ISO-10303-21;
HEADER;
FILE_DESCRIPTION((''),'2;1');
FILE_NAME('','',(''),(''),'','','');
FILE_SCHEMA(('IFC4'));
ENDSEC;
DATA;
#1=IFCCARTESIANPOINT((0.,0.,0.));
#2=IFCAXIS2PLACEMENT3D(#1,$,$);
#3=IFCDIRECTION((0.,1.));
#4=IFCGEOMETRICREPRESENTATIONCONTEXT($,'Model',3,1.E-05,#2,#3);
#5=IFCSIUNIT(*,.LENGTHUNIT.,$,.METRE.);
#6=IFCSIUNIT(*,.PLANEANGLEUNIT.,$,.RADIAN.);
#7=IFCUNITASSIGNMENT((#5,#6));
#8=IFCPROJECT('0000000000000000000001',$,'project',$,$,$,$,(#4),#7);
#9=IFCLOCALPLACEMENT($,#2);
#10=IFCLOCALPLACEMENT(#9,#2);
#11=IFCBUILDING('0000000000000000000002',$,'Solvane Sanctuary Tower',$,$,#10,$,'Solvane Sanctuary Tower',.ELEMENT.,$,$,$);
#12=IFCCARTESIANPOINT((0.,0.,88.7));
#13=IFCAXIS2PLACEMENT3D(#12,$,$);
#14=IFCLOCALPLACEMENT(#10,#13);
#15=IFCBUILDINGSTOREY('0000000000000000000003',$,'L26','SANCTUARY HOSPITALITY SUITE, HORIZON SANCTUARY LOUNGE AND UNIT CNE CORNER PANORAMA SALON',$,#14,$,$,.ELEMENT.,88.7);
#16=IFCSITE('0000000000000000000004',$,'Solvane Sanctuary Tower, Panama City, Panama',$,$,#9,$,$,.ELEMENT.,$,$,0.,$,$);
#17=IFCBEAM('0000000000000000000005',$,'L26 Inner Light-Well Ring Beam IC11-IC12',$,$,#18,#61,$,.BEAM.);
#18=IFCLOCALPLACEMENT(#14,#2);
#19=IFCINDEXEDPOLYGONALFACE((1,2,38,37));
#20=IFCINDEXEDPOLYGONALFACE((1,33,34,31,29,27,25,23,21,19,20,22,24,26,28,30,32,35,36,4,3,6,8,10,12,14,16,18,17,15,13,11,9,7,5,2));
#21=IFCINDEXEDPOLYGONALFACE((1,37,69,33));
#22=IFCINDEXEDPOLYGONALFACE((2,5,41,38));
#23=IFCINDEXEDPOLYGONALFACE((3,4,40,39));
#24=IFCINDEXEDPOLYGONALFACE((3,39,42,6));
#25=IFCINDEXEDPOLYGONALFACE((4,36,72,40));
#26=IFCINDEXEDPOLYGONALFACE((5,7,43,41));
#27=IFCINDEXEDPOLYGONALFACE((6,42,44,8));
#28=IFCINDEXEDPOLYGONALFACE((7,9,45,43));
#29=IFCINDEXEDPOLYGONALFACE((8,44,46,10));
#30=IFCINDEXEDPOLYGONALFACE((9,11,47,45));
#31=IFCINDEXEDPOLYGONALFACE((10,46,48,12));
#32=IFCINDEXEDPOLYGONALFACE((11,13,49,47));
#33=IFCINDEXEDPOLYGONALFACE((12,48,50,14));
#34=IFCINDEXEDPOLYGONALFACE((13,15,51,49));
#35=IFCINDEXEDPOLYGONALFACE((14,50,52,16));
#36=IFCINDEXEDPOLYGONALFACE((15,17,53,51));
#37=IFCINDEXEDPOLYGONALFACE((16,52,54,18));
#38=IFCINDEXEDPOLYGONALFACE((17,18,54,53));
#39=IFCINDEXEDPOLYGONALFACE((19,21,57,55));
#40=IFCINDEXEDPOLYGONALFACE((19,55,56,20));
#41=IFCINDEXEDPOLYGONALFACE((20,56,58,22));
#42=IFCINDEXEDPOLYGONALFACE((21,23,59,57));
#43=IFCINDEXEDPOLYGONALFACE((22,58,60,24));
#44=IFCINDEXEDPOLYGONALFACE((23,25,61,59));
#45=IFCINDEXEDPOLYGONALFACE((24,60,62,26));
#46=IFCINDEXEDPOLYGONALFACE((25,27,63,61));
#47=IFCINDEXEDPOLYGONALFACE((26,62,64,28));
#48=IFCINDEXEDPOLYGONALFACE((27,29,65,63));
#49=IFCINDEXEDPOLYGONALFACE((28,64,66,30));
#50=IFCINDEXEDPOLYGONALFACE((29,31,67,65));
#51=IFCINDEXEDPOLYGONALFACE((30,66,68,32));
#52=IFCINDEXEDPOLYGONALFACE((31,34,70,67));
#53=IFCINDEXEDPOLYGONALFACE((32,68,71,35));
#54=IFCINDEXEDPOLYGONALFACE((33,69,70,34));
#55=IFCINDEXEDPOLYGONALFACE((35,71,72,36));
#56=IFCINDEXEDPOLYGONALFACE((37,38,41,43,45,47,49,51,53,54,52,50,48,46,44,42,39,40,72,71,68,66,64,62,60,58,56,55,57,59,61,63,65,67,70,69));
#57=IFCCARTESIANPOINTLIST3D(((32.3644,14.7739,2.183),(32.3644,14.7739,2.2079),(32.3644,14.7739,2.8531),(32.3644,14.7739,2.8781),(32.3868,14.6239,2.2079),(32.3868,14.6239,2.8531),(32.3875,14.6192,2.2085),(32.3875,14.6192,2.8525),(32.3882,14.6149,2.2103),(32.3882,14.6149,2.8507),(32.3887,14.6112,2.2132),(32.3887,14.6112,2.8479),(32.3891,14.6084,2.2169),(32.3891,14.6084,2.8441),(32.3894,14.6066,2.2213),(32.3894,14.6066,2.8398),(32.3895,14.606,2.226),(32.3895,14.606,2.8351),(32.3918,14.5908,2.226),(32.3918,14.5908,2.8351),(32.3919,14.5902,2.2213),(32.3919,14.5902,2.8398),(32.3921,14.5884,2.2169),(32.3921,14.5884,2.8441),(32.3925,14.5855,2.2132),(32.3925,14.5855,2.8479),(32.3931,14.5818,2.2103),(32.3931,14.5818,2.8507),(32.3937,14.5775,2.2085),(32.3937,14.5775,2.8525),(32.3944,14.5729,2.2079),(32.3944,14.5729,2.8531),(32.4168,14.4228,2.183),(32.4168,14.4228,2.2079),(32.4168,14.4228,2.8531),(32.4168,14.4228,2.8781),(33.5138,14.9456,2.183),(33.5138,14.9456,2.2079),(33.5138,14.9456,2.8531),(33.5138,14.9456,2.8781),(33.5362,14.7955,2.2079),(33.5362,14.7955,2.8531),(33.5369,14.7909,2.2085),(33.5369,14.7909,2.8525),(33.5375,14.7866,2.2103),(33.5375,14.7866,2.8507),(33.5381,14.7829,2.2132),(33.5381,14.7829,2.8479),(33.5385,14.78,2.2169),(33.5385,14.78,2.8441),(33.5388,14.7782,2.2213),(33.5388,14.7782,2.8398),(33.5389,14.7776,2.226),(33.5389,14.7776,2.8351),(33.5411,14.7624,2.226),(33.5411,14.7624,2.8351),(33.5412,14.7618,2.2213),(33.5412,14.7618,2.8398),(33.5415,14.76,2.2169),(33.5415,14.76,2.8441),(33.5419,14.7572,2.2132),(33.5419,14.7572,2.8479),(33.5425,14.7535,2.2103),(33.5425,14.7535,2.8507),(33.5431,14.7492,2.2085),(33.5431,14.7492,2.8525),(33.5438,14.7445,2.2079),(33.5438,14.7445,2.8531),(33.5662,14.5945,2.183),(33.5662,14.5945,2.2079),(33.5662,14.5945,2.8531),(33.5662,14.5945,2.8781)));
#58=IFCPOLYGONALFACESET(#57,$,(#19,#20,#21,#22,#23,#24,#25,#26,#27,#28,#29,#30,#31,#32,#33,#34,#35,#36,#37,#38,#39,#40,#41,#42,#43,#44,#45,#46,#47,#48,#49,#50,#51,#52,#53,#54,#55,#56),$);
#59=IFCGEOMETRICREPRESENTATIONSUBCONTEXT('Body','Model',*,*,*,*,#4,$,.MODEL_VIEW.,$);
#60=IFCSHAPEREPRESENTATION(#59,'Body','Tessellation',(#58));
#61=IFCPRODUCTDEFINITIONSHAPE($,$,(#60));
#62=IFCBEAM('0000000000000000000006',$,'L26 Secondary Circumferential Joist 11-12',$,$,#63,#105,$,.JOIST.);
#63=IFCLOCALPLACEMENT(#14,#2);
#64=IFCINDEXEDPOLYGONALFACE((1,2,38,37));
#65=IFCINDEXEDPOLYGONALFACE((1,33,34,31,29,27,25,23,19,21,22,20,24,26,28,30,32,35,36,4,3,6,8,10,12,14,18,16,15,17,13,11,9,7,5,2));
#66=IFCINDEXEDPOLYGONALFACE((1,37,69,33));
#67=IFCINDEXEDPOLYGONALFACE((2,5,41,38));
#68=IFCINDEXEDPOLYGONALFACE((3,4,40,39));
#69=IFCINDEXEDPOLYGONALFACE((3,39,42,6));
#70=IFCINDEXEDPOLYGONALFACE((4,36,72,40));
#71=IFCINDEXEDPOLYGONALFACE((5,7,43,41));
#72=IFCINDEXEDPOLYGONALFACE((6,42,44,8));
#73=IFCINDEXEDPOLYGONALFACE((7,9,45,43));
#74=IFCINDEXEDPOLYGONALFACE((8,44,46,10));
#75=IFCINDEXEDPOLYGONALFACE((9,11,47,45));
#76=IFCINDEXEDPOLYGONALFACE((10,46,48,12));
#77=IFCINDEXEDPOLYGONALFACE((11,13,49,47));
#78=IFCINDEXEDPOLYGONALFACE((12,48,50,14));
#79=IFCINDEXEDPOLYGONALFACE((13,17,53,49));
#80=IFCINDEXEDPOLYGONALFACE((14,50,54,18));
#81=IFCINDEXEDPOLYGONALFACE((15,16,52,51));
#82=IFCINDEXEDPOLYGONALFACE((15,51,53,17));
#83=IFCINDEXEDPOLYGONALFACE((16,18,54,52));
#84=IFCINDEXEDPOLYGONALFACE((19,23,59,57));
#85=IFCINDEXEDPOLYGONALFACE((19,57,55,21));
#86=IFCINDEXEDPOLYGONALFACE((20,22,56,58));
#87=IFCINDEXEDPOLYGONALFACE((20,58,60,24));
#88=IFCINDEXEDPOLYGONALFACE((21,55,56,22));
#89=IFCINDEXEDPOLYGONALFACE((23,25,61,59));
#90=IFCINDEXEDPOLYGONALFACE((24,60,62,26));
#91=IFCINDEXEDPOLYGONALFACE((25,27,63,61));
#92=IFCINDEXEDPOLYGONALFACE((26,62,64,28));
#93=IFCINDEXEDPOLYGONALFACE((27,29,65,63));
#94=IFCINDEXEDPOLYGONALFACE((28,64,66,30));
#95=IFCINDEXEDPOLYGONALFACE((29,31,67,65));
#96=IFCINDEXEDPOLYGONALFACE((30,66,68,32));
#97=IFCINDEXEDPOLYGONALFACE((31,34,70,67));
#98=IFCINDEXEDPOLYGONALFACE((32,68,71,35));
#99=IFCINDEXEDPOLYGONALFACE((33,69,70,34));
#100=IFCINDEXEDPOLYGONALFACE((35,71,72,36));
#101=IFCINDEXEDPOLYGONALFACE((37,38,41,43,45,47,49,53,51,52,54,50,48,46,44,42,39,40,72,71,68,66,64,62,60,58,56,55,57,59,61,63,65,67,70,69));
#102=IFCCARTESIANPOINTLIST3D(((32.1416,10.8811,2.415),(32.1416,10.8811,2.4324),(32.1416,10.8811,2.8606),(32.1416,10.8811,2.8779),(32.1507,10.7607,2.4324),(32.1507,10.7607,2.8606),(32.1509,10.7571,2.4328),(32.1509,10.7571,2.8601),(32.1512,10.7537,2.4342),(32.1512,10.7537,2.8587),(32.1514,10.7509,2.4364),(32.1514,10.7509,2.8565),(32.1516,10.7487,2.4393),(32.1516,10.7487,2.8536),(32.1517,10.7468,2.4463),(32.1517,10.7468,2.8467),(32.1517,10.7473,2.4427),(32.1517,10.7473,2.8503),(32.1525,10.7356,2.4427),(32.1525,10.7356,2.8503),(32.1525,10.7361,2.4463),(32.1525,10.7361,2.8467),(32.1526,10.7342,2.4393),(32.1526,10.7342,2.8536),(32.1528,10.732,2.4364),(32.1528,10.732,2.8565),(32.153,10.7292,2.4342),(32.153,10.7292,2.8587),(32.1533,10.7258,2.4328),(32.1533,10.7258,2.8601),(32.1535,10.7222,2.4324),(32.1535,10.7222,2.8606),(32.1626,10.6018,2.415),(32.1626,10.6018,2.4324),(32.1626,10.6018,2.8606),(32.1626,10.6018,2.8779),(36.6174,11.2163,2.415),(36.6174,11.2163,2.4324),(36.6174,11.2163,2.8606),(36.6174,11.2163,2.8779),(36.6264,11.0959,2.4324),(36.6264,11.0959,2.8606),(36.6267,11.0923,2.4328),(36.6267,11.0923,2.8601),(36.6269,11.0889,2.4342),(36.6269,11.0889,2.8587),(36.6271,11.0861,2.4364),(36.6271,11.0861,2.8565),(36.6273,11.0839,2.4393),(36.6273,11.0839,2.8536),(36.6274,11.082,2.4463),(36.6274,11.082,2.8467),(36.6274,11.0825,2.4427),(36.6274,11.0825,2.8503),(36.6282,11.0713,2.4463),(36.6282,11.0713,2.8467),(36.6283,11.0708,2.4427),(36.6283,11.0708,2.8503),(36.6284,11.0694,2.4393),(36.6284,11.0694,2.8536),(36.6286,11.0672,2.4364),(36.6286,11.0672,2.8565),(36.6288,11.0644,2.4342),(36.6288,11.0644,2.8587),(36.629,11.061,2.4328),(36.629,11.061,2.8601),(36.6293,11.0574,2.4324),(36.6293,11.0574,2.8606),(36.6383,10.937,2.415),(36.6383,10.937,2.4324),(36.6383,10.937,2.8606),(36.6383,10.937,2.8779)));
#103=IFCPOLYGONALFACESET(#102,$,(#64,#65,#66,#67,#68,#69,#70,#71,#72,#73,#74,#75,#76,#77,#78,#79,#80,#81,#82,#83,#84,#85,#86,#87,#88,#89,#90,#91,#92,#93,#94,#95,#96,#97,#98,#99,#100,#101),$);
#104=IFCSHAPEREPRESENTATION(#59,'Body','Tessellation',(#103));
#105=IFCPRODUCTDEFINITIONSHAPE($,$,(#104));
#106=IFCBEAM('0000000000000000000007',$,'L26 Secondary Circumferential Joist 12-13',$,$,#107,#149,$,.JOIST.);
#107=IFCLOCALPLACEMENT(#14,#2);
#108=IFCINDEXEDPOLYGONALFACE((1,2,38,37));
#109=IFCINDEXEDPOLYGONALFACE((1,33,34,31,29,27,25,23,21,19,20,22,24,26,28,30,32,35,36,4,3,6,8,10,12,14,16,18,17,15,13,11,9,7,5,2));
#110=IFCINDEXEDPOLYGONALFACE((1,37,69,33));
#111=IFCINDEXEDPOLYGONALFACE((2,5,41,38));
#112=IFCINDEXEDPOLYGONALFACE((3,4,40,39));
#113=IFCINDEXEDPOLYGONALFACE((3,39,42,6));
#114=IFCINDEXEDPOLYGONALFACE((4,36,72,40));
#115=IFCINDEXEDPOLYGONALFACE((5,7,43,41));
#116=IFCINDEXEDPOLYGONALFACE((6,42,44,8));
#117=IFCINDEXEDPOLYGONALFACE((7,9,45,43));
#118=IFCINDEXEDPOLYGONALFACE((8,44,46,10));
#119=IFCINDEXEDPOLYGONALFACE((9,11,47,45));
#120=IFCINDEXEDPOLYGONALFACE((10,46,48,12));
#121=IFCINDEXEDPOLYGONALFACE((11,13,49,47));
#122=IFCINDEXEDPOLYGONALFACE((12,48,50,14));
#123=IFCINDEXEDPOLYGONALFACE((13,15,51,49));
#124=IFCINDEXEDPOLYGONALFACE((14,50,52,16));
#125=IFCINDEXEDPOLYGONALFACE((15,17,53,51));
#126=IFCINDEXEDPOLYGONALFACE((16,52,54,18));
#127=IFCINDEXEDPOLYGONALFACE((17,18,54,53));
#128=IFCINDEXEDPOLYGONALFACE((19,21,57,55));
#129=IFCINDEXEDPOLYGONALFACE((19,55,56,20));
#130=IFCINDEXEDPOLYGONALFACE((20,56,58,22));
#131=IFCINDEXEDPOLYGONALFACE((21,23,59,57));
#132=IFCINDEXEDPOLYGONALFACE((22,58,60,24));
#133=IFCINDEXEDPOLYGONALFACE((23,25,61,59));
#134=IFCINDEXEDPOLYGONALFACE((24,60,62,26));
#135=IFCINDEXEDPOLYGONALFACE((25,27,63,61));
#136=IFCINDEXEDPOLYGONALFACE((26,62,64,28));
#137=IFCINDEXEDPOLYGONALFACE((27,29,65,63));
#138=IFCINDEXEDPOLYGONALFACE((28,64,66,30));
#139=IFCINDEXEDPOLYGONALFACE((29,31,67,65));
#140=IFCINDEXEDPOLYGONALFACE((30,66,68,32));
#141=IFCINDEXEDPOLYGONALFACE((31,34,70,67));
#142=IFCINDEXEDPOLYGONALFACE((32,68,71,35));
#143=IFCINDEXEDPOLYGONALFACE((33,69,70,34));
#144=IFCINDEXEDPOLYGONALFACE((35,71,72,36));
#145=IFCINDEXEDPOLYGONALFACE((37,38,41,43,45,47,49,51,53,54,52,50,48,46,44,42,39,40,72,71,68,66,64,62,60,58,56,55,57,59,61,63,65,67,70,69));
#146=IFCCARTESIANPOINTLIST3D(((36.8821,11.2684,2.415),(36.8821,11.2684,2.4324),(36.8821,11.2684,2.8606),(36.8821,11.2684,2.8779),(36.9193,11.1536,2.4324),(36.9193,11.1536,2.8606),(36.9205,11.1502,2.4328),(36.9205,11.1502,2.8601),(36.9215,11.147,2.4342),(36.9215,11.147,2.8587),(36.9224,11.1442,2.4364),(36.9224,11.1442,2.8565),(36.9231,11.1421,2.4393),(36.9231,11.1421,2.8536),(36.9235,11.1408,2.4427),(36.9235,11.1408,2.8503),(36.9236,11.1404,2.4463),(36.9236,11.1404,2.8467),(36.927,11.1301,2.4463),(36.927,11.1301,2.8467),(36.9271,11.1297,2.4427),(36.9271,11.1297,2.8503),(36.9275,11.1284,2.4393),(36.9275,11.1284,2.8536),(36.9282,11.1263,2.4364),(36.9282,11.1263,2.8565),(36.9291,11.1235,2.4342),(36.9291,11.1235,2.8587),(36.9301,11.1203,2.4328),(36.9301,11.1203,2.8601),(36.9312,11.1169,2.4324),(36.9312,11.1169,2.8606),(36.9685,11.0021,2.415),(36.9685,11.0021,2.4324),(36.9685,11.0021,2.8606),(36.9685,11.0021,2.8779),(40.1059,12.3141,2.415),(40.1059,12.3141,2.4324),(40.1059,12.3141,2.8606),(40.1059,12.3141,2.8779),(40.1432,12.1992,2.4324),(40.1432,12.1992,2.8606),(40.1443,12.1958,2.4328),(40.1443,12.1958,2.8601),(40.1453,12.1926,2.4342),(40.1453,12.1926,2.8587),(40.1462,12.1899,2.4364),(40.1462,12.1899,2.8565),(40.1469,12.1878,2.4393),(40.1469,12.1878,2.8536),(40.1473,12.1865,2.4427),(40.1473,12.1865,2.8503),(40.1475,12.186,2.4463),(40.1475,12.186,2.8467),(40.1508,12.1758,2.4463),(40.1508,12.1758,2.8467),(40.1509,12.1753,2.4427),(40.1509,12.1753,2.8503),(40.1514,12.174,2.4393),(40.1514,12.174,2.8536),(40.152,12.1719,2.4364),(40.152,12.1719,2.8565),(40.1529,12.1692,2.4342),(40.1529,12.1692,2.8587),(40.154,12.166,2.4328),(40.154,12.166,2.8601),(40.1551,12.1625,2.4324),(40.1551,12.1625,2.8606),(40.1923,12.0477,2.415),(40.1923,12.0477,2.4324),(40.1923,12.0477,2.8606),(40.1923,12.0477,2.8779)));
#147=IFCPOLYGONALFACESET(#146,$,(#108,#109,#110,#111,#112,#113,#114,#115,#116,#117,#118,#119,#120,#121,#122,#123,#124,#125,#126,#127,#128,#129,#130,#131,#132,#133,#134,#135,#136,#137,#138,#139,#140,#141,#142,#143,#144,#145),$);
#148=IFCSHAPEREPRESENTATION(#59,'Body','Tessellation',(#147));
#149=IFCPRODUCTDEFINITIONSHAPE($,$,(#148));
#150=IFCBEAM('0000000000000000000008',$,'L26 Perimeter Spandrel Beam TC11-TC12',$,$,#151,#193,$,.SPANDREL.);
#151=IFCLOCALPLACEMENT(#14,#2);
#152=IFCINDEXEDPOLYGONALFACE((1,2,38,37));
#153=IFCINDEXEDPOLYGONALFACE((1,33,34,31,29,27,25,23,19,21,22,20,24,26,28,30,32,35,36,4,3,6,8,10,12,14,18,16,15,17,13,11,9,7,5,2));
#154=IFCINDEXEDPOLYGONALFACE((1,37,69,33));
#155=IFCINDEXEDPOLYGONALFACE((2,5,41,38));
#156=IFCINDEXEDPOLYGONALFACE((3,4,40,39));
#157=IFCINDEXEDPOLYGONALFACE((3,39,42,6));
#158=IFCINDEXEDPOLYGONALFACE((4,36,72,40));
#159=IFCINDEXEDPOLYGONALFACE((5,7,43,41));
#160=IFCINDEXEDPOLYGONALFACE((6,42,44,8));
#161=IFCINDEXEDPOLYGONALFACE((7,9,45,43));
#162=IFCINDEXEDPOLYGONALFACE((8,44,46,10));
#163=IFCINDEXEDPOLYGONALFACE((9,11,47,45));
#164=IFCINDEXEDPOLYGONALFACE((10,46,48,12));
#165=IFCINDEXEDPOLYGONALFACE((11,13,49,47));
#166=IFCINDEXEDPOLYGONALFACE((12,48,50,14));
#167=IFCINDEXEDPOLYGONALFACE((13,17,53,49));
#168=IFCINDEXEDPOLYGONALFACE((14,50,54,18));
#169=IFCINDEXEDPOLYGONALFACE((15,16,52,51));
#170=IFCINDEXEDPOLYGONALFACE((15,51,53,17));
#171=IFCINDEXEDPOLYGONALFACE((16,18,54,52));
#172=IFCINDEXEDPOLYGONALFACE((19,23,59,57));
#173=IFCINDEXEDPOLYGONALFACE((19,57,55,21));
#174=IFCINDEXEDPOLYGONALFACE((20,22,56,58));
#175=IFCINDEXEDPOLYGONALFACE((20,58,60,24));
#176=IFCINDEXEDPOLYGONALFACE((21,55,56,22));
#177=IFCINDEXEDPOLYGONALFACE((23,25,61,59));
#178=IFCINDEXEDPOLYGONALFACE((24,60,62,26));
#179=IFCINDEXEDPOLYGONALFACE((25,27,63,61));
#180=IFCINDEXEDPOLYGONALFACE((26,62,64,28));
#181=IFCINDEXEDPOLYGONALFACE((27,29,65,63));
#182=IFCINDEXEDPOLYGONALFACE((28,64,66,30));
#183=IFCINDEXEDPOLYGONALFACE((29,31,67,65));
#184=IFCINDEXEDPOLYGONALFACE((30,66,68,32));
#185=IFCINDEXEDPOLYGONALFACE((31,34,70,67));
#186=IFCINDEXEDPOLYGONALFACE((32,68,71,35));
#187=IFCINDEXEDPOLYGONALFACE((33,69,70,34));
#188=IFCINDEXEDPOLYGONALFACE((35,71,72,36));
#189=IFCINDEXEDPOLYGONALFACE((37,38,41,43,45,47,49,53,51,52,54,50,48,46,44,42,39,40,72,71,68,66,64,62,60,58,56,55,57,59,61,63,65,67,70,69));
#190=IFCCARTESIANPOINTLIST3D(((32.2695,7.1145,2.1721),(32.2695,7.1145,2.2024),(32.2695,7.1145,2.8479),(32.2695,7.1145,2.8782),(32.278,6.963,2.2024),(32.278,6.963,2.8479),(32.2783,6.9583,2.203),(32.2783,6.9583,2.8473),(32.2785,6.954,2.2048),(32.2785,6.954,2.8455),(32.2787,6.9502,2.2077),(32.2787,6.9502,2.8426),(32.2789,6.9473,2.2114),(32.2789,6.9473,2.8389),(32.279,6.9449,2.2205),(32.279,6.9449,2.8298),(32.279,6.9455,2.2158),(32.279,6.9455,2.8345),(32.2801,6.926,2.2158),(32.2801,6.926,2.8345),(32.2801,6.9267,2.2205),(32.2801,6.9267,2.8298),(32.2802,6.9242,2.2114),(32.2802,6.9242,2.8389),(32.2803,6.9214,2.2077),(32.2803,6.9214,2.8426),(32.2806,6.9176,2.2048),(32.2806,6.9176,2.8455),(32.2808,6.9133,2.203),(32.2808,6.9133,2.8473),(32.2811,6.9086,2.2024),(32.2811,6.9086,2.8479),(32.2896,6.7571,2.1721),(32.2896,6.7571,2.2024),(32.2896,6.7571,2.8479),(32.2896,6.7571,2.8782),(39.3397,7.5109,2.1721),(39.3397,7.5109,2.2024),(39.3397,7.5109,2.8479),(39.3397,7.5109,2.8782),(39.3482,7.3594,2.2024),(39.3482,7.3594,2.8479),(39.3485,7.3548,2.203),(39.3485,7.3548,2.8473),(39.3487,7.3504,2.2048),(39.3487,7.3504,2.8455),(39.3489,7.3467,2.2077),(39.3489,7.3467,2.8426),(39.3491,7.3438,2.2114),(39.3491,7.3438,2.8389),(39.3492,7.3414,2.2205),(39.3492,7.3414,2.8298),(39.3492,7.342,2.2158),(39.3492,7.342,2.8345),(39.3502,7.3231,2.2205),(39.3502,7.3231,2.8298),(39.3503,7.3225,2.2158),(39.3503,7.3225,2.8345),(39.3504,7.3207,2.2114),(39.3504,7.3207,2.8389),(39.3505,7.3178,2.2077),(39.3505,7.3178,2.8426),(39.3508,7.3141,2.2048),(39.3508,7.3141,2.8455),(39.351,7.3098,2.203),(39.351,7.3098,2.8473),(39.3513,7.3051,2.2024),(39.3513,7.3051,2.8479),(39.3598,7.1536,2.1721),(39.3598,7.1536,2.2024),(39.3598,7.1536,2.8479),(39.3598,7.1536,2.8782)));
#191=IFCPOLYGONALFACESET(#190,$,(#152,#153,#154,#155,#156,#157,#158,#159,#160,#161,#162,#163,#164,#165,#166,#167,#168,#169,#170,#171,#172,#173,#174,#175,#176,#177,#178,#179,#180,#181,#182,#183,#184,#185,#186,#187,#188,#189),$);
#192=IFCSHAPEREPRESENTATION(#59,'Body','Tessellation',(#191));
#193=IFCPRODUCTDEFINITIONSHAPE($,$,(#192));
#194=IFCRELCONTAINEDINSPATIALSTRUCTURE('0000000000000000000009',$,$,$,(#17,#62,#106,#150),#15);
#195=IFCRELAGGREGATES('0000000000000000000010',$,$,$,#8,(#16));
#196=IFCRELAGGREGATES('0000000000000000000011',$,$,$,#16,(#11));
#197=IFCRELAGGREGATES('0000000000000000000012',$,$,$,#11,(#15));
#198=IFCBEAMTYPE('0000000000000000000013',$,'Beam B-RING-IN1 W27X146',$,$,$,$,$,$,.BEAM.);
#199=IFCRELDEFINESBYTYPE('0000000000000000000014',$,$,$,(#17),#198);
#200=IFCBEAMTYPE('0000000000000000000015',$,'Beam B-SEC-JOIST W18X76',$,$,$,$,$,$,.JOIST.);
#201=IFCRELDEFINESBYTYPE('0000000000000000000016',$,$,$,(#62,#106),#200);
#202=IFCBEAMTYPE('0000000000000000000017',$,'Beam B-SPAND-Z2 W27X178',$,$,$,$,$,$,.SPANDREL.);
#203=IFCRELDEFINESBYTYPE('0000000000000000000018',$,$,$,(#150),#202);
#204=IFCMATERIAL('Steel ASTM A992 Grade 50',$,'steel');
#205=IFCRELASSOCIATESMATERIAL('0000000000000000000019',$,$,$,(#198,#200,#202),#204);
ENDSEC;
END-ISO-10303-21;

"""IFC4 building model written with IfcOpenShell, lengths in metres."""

from ifc_helpers import new_model, si_unit, direction, frame, origin, origin_2d, place, context, subcontext, project, spatial, i_section, extrude, material, material_profile, profile_set, type_object, element, save


model = new_model("IFC4")

# Units and contexts
model_context = context("Model", 3, precision=1e-05, world=origin(), true_north=direction((0.0, 1.0)))
body_context = subcontext(model_context, "Body", "Model", "MODEL_VIEW")
ifc_project = project(units=[si_unit("LENGTHUNIT", "METRE"), si_unit("PLANEANGLEUNIT", "RADIAN")], contexts=[model_context])

# Site, building, storey
site_placement = place(None, origin())
site = spatial("IfcSite", under=ifc_project, at=site_placement, Name="Solvane Sanctuary Tower, Panama City, Panama", CompositionType="ELEMENT", RefElevation=0.0)
building_placement = place(site_placement, origin())
building = spatial("IfcBuilding", under=site, at=building_placement, Name="Solvane Sanctuary Tower", LongName="Solvane Sanctuary Tower", CompositionType="ELEMENT")
storey_placement = place(building_placement, frame((0.0, 0.0, 88.7)))
storey = spatial("IfcBuildingStorey", under=building, at=storey_placement, Name="L26", Description="SANCTUARY HOSPITALITY SUITE, HORIZON SANCTUARY LOUNGE AND UNIT CNE CORNER PANORAMA SALON", CompositionType="ELEMENT", Elevation=88.7)

# Beams
ifc_material_1 = material(Name="Steel ASTM A992 Grade 50", Category="steel")
ifc_material_profile_1 = material_profile(ifc_material_1, i_section(OverallWidth=0.355, OverallDepth=0.6951, WebThickness=0.0154, FlangeThickness=0.0249, FilletRadius=0.0181, at=origin_2d()), Name="W27X146")
ifc_profile_set_1 = profile_set([ifc_material_profile_1], Name="Steel ASTM A992 Grade 50")
beam_type_1 = type_object("IfcBeamType", Name="Beam B-RING-IN1 W27X146", PredefinedType="BEAM", material=ifc_profile_set_1)
beam_1_placement = place(storey_placement, frame((32.3906, 14.5984, 2.5305), z_axis=(0.989035, 0.147683, 0.0), x_axis=(-0.147683, 0.989035, 0.0)))
element("IfcBeam", 1, at=beam_1_placement, inside=storey, type_object=beam_type_1, Name="L26 Inner Light-Well Ring Beam IC11-IC12", PredefinedType="BEAM", context=body_context, shape_type="SweptSolid", body=[
    extrude(i_section(OverallWidth=0.355, OverallDepth=0.6951, WebThickness=0.0154, FlangeThickness=0.0249, FilletRadius=0.0181, at=origin_2d()), origin(), (0.0, 0.0, 1.0), 1.1621),
])
ifc_material_profile_2 = material_profile(ifc_material_1, i_section(OverallWidth=0.28, OverallDepth=0.4629, WebThickness=0.0107, FlangeThickness=0.0173, FilletRadius=0.0139, at=origin_2d()), Name="W18X76")
ifc_profile_set_2 = profile_set([ifc_material_profile_2], Name="Steel ASTM A992 Grade 50")
beam_type_2 = type_object("IfcBeamType", Name="Beam B-SEC-JOIST W18X76", PredefinedType="JOIST", material=ifc_profile_set_2)
beam_2_placement = place(storey_placement, frame((32.1521, 10.7415, 2.6465), z_axis=(0.997207, 0.074683, 0.0), x_axis=(-0.074683, 0.997207, 0.0)))
element("IfcBeam", 2, at=beam_2_placement, inside=storey, type_object=beam_type_2, Name="L26 Secondary Circumferential Joist 11-12", PredefinedType="JOIST", context=body_context, shape_type="SweptSolid", body=[
    extrude(i_section(OverallWidth=0.28, OverallDepth=0.4629, WebThickness=0.0107, FlangeThickness=0.0173, FilletRadius=0.0139, at=origin_2d()), origin(), (0.0, 0.0, 1.0), 4.4883),
])
beam_3_placement = place(storey_placement, frame((36.9253, 11.1353, 2.6465), z_axis=(0.951217, 0.308524, 0.0), x_axis=(-0.308524, 0.951217, 0.0)))
element("IfcBeam", 3, at=beam_3_placement, inside=storey, type_object=beam_type_2, Name="L26 Secondary Circumferential Joist 12-13", PredefinedType="JOIST", context=body_context, shape_type="SweptSolid", body=[
    extrude(i_section(OverallWidth=0.28, OverallDepth=0.4629, WebThickness=0.0107, FlangeThickness=0.0173, FilletRadius=0.0139, at=origin_2d()), origin(), (0.0, 0.0, 1.0), 3.3892),
])
ifc_material_profile_3 = material_profile(ifc_material_1, i_section(OverallWidth=0.3579, OverallDepth=0.7061, WebThickness=0.0183, FlangeThickness=0.0303, FilletRadius=0.0181, at=origin_2d()), Name="W27X178")
ifc_profile_set_3 = profile_set([ifc_material_profile_3], Name="Steel ASTM A992 Grade 50")
beam_type_3 = type_object("IfcBeamType", Name="Beam B-SPAND-Z2 W27X178", PredefinedType="SPANDREL", material=ifc_profile_set_3)
beam_4_placement = place(storey_placement, frame((32.2795, 6.9358, 2.5251), z_axis=(0.998431, 0.055989, 0.0), x_axis=(-0.055989, 0.998431, 0.0)))
element("IfcBeam", 4, at=beam_4_placement, inside=storey, type_object=beam_type_3, Name="L26 Perimeter Spandrel Beam TC11-TC12", PredefinedType="SPANDREL", context=body_context, shape_type="SweptSolid", body=[
    extrude(i_section(OverallWidth=0.3579, OverallDepth=0.7061, WebThickness=0.0183, FlangeThickness=0.0303, FilletRadius=0.0181, at=origin_2d()), origin(), (0.0, 0.0, 1.0), 7.0813),
])

save(model, "model.ifc")
